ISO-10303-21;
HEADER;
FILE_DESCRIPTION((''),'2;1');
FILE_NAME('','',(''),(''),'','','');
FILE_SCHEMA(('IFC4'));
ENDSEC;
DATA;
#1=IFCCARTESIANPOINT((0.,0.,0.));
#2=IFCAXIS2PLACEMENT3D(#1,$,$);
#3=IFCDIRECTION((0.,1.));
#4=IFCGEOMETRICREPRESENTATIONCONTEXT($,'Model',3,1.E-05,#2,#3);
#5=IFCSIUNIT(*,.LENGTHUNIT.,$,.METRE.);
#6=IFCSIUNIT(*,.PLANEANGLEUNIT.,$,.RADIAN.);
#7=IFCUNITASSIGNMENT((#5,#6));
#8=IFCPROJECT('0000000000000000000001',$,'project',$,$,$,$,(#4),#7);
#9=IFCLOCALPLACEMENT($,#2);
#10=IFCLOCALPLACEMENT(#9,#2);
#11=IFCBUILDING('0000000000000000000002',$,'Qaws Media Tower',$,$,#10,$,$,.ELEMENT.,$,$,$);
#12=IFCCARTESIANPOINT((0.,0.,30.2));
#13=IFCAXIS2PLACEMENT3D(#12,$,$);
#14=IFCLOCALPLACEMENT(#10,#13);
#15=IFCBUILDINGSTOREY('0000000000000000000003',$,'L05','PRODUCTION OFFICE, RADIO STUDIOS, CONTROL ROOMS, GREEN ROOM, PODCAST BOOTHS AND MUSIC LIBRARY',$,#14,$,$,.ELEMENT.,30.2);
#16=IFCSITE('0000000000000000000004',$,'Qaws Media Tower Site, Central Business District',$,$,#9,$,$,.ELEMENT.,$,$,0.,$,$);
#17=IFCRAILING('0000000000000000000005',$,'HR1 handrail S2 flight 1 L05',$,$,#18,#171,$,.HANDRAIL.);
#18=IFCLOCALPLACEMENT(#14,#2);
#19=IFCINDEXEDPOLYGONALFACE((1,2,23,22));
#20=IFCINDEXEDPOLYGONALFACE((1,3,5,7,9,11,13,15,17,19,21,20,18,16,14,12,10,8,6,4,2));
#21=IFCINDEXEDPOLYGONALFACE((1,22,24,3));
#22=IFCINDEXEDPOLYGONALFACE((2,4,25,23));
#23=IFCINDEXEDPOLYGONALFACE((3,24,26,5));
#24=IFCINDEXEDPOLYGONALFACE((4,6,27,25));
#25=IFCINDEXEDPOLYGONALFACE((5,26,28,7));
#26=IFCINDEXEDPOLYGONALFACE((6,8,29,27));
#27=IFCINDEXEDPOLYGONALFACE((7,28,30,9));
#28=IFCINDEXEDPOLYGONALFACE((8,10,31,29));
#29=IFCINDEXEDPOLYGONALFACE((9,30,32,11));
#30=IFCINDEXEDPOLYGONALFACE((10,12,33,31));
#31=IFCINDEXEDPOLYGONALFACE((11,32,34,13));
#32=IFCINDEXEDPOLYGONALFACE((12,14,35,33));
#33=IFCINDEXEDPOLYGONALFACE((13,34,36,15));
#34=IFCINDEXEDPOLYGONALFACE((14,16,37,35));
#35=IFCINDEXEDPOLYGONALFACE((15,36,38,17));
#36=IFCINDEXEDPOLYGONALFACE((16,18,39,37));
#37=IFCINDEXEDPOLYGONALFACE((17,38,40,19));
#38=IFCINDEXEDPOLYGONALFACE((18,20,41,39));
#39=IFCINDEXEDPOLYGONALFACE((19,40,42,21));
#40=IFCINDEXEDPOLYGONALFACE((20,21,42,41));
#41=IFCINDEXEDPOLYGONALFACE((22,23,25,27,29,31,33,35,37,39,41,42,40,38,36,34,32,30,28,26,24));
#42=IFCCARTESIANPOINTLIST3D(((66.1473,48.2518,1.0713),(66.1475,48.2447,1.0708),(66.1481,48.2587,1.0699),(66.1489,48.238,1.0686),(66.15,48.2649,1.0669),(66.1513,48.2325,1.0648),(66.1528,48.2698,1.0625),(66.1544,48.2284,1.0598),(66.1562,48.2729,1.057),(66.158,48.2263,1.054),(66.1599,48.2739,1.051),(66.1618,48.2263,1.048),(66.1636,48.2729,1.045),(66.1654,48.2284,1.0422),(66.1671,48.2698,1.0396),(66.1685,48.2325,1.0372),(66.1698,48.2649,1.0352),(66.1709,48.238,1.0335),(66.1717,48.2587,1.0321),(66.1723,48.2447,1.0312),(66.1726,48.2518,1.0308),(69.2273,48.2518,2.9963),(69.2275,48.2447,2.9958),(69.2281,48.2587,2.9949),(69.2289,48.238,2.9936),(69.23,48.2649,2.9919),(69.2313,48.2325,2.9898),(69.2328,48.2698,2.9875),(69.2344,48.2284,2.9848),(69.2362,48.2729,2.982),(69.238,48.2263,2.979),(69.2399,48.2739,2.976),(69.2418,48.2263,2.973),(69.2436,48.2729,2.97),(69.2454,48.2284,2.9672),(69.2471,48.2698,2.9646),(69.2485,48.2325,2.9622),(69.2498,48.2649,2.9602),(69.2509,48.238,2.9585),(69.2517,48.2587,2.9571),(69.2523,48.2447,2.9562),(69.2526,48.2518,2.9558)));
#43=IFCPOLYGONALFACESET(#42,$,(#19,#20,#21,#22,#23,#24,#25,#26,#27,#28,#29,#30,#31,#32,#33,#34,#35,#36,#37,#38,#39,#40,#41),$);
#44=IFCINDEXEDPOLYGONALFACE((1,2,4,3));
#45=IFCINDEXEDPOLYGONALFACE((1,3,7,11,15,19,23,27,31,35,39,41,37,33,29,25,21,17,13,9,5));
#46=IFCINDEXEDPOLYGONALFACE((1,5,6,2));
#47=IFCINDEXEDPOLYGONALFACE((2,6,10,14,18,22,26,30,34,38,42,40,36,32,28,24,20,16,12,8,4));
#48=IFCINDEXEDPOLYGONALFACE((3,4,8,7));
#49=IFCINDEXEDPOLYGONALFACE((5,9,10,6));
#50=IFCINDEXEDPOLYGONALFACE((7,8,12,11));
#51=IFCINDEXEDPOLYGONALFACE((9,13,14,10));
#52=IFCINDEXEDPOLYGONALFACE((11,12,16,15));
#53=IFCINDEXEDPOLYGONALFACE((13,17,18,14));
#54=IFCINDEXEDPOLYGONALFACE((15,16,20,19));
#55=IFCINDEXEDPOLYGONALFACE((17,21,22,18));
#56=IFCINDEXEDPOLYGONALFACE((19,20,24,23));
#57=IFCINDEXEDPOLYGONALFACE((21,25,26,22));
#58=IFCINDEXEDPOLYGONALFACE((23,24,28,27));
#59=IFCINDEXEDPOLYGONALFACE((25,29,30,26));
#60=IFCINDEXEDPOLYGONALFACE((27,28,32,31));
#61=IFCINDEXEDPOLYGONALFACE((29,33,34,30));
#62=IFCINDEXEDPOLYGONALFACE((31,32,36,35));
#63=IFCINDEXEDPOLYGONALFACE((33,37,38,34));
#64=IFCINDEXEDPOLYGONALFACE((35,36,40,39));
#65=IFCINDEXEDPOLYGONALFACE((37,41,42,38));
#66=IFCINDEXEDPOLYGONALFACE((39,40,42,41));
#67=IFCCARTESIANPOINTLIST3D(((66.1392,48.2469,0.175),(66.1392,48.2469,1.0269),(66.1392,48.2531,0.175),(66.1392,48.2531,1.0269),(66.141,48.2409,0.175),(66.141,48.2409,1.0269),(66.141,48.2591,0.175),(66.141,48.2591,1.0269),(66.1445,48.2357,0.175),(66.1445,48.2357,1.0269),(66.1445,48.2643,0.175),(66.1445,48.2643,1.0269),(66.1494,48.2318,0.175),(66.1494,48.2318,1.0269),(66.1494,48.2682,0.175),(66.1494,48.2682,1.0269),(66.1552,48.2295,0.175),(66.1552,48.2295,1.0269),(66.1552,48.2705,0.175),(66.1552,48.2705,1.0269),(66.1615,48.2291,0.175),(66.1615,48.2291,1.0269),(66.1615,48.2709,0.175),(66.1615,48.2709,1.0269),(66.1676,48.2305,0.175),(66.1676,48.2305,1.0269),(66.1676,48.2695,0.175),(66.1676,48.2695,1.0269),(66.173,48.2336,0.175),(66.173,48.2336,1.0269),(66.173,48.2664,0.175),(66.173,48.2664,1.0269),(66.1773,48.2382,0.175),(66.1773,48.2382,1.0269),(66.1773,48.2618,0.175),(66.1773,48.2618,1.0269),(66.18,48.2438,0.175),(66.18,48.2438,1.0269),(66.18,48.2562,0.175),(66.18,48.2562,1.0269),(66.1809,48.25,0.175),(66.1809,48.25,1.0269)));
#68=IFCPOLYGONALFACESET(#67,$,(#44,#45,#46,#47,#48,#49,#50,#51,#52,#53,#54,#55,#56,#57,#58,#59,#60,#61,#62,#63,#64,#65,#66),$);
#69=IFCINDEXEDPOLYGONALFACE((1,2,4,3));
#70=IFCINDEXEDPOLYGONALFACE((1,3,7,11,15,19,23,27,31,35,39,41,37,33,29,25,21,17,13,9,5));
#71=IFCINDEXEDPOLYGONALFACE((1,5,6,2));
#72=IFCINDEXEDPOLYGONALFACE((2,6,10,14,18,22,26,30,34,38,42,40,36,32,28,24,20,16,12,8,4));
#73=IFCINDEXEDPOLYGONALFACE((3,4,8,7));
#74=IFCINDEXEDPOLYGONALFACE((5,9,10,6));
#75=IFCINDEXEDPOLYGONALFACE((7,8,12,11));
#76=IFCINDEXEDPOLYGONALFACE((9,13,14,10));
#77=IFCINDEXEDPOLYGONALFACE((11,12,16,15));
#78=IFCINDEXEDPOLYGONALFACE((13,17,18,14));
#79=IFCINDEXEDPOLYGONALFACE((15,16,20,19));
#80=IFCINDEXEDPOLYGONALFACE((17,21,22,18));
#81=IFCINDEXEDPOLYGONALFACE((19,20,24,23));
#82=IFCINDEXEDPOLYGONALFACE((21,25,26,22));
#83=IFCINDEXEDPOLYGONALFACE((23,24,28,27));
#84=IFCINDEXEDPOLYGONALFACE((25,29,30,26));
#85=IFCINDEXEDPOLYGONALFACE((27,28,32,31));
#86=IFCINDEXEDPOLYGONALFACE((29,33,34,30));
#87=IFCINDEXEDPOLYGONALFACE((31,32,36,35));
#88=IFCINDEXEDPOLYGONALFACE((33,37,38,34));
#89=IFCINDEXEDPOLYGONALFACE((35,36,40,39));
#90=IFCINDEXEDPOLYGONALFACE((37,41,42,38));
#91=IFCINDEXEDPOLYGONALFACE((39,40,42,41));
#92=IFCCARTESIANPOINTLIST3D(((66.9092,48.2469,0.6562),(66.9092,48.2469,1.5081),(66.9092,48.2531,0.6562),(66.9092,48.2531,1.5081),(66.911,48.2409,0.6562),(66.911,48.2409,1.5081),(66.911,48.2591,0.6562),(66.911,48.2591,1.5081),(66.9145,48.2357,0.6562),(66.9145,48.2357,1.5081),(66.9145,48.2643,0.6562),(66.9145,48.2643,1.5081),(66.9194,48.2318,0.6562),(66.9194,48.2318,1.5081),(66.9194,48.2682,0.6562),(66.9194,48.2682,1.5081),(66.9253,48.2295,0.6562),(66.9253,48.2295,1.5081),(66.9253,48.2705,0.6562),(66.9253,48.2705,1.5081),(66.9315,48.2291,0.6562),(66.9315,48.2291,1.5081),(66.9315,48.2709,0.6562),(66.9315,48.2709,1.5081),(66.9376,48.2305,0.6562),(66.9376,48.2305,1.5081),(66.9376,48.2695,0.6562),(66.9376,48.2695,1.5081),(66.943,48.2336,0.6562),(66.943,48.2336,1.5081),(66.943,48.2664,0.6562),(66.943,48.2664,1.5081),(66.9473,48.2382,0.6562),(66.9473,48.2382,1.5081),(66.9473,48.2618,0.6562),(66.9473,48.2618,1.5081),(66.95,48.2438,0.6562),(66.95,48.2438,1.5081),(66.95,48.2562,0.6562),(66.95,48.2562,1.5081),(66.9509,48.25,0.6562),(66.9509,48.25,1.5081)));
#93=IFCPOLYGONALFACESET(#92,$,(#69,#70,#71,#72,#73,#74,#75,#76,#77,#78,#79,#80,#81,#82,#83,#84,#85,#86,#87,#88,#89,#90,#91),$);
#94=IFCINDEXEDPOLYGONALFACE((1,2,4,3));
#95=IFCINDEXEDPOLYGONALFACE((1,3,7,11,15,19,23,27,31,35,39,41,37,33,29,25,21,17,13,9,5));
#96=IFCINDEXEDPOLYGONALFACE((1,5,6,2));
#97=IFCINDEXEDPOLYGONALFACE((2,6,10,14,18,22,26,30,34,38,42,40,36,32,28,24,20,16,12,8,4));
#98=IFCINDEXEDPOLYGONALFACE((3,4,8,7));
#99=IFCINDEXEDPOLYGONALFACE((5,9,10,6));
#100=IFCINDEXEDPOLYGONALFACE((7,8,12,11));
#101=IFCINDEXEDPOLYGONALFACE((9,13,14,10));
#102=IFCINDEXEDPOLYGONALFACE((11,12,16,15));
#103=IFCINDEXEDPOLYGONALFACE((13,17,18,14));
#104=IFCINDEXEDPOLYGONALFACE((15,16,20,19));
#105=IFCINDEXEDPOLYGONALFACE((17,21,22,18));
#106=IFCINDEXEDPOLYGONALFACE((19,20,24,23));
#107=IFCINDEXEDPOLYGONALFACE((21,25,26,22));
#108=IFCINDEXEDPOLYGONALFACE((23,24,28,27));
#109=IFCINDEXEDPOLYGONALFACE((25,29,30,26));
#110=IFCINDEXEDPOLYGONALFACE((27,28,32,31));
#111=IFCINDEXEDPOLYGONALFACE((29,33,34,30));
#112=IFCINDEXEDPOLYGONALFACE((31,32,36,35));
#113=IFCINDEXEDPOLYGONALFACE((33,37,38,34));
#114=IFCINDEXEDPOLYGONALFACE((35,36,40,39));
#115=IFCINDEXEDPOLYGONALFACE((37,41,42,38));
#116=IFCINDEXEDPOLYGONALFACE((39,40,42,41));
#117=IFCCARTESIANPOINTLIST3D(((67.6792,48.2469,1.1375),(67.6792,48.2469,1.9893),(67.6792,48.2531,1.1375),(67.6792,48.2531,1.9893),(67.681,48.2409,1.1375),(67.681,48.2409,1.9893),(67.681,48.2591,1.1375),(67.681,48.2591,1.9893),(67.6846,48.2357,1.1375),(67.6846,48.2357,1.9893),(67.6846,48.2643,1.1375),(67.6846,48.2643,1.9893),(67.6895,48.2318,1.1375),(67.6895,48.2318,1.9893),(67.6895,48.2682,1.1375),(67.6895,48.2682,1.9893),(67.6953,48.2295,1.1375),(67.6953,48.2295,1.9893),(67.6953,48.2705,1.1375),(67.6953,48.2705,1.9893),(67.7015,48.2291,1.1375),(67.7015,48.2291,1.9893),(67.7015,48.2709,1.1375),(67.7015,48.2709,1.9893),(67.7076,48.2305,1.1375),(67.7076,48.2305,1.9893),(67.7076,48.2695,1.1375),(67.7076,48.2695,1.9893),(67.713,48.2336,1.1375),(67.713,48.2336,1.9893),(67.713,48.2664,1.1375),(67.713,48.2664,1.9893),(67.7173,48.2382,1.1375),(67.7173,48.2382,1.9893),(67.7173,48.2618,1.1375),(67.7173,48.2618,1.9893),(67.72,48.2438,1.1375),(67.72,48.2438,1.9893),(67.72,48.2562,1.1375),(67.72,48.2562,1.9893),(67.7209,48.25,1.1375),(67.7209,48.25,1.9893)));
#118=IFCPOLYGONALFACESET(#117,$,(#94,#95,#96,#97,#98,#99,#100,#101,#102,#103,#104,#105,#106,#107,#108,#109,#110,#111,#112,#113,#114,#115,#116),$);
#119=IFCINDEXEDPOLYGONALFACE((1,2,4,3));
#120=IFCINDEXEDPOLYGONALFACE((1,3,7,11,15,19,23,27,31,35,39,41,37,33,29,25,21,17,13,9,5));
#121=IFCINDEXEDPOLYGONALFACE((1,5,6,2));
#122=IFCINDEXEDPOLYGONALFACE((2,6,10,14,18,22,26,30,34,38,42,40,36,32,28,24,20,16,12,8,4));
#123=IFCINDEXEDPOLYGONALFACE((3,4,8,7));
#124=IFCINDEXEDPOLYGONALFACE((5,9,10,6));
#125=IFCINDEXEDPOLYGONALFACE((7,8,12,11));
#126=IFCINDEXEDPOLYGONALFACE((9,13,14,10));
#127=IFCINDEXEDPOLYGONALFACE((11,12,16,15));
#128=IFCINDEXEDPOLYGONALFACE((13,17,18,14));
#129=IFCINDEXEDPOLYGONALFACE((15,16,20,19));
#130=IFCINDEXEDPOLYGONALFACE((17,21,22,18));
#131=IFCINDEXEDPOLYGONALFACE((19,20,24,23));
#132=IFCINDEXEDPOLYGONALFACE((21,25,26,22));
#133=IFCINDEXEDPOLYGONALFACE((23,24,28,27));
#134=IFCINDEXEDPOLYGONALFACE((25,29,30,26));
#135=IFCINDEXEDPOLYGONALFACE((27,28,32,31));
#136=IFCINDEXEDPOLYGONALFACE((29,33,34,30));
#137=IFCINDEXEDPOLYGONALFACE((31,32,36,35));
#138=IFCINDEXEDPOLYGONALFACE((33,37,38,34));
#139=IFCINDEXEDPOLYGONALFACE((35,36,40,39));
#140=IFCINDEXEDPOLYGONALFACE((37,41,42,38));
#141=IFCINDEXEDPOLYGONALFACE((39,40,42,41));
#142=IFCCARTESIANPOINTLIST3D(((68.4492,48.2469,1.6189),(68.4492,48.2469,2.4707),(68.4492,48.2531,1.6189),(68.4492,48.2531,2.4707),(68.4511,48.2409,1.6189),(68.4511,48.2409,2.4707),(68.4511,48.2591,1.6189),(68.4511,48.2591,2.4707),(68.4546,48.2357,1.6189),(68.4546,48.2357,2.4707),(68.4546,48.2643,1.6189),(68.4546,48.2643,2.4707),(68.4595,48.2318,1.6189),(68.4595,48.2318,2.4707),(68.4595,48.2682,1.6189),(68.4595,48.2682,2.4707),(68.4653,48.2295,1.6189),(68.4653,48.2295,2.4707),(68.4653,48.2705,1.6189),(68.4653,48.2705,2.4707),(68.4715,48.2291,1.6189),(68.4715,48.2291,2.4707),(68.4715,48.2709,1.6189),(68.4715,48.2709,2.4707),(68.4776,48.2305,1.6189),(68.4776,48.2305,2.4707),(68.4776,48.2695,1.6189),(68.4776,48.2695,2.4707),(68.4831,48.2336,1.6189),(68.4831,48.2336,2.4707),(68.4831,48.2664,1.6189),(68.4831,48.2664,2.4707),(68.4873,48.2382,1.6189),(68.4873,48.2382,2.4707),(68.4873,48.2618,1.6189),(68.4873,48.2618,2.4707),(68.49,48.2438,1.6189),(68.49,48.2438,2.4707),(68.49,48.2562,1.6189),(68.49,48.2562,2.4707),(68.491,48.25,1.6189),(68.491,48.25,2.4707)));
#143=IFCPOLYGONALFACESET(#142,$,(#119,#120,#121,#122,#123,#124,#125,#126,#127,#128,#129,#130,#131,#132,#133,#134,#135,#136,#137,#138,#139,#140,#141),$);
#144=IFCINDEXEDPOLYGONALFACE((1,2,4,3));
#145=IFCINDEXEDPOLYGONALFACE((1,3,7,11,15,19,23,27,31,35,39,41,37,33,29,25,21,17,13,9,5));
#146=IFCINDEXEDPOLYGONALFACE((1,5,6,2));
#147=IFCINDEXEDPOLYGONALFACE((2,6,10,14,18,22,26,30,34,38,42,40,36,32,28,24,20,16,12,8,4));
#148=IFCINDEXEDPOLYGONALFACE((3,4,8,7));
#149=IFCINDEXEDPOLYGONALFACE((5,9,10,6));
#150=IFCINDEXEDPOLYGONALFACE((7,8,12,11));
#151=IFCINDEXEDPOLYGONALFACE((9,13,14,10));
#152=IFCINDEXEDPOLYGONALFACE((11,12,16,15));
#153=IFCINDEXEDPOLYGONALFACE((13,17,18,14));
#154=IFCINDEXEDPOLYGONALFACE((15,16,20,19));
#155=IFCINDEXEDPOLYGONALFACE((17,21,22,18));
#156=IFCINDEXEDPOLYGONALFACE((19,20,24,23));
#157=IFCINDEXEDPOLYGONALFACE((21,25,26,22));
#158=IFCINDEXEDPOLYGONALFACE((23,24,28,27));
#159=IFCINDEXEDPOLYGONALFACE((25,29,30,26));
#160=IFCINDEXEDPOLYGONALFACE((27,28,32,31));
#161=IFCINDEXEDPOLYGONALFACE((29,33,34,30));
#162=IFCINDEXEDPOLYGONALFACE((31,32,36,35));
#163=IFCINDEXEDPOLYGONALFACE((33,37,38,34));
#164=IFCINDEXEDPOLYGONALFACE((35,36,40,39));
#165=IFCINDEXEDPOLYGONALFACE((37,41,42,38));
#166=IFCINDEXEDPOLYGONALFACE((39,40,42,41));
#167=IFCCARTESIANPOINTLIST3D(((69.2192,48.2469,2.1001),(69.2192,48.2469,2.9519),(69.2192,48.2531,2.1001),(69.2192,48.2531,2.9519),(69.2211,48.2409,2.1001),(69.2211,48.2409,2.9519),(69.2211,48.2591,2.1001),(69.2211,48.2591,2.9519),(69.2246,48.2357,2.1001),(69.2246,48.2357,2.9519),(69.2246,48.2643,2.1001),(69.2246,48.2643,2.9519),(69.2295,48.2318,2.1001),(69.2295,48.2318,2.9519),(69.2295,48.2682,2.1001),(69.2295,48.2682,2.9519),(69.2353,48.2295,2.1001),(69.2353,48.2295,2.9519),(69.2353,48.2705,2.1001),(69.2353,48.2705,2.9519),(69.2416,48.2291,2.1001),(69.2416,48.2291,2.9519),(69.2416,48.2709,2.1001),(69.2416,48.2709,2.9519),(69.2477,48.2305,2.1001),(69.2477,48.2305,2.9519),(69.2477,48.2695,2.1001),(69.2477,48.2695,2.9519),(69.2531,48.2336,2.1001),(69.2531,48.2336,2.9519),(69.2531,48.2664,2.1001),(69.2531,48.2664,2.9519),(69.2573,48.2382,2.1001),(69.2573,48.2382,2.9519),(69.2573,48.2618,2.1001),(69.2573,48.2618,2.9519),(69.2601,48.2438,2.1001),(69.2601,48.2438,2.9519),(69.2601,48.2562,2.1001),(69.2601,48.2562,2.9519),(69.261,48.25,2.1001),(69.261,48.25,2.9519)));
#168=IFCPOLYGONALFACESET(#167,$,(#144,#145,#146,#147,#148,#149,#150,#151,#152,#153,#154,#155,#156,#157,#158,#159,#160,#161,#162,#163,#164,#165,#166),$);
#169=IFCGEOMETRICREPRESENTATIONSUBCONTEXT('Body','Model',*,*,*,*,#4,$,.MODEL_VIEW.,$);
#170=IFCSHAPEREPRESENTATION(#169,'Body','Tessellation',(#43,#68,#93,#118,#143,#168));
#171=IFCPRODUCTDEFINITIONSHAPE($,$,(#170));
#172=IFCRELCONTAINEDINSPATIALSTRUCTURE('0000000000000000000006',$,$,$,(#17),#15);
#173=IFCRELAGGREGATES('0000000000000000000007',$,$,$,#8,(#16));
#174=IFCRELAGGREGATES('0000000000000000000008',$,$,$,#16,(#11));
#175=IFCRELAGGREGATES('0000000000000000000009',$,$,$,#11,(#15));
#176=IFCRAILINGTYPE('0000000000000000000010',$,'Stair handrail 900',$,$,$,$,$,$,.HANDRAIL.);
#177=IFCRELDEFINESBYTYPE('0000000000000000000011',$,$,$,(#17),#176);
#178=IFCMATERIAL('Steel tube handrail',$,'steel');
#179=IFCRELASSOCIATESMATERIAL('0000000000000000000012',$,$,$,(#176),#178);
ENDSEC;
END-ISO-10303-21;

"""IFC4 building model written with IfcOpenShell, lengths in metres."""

from ifc_helpers import new_model, si_unit, direction, frame, origin, origin_2d, place, context, subcontext, project, spatial, circle, extrude, material, type_object, element, save


model = new_model("IFC4")

# Units and contexts
model_context = context("Model", 3, precision=1e-05, world=origin(), true_north=direction((0.0, 1.0)))
body_context = subcontext(model_context, "Body", "Model", "MODEL_VIEW")
ifc_project = project(units=[si_unit("LENGTHUNIT", "METRE"), si_unit("PLANEANGLEUNIT", "RADIAN")], contexts=[model_context])

# Site, building, storey
site_placement = place(None, origin())
site = spatial("IfcSite", under=ifc_project, at=site_placement, Name="Qaws Media Tower Site, Central Business District", CompositionType="ELEMENT", RefElevation=0.0)
building_placement = place(site_placement, origin())
building = spatial("IfcBuilding", under=site, at=building_placement, Name="Qaws Media Tower", CompositionType="ELEMENT")
storey_placement = place(building_placement, frame((0.0, 0.0, 30.2)))
storey = spatial("IfcBuildingStorey", under=building, at=storey_placement, Name="L05", Description="PRODUCTION OFFICE, RADIO STUDIOS, CONTROL ROOMS, GREEN ROOM, PODCAST BOOTHS AND MUSIC LIBRARY", CompositionType="ELEMENT", Elevation=30.2)

# Railing
ifc_material_1 = material(Name="Steel tube handrail", Category="steel")
railing_type = type_object("IfcRailingType", Name="Stair handrail 900", PredefinedType="HANDRAIL", material=ifc_material_1)
railing_placement = place(storey_placement, frame((66.1599, 48.25, 0.175)))
element("IfcRailing", 1, at=railing_placement, inside=storey, type_object=railing_type, Name="HR1 handrail S2 flight 1 L05", PredefinedType="HANDRAIL", context=body_context, shape_type="SweptSolid", body=[
    extrude(circle(Radius=0.0239, at=origin_2d()), frame((0.0, 0.0, 0.876), z_axis=(0.847998, 0.0, 0.529999), x_axis=(0.0, 1.0, 0.0)), (0.0, 0.0, 1.0), 3.6321),
    extrude(circle(Radius=0.021, at=origin_2d()), origin(), (0.0, 0.0, 1.0), 0.8518),
    extrude(circle(Radius=0.021, at=origin_2d()), frame((0.77, 0.0, 0.4812)), (0.0, 0.0, 1.0), 0.8518),
    extrude(circle(Radius=0.021, at=origin_2d()), frame((1.54, 0.0, 0.9624)), (0.0, 0.0, 1.0), 0.8518),
    extrude(circle(Radius=0.021, at=origin_2d()), frame((2.3101, 0.0, 1.4438)), (0.0, 0.0, 1.0), 0.8518),
    extrude(circle(Radius=0.021, at=origin_2d()), frame((3.0801, 0.0, 1.925)), (0.0, 0.0, 1.0), 0.8518),
])

save(model, "model.ifc")
